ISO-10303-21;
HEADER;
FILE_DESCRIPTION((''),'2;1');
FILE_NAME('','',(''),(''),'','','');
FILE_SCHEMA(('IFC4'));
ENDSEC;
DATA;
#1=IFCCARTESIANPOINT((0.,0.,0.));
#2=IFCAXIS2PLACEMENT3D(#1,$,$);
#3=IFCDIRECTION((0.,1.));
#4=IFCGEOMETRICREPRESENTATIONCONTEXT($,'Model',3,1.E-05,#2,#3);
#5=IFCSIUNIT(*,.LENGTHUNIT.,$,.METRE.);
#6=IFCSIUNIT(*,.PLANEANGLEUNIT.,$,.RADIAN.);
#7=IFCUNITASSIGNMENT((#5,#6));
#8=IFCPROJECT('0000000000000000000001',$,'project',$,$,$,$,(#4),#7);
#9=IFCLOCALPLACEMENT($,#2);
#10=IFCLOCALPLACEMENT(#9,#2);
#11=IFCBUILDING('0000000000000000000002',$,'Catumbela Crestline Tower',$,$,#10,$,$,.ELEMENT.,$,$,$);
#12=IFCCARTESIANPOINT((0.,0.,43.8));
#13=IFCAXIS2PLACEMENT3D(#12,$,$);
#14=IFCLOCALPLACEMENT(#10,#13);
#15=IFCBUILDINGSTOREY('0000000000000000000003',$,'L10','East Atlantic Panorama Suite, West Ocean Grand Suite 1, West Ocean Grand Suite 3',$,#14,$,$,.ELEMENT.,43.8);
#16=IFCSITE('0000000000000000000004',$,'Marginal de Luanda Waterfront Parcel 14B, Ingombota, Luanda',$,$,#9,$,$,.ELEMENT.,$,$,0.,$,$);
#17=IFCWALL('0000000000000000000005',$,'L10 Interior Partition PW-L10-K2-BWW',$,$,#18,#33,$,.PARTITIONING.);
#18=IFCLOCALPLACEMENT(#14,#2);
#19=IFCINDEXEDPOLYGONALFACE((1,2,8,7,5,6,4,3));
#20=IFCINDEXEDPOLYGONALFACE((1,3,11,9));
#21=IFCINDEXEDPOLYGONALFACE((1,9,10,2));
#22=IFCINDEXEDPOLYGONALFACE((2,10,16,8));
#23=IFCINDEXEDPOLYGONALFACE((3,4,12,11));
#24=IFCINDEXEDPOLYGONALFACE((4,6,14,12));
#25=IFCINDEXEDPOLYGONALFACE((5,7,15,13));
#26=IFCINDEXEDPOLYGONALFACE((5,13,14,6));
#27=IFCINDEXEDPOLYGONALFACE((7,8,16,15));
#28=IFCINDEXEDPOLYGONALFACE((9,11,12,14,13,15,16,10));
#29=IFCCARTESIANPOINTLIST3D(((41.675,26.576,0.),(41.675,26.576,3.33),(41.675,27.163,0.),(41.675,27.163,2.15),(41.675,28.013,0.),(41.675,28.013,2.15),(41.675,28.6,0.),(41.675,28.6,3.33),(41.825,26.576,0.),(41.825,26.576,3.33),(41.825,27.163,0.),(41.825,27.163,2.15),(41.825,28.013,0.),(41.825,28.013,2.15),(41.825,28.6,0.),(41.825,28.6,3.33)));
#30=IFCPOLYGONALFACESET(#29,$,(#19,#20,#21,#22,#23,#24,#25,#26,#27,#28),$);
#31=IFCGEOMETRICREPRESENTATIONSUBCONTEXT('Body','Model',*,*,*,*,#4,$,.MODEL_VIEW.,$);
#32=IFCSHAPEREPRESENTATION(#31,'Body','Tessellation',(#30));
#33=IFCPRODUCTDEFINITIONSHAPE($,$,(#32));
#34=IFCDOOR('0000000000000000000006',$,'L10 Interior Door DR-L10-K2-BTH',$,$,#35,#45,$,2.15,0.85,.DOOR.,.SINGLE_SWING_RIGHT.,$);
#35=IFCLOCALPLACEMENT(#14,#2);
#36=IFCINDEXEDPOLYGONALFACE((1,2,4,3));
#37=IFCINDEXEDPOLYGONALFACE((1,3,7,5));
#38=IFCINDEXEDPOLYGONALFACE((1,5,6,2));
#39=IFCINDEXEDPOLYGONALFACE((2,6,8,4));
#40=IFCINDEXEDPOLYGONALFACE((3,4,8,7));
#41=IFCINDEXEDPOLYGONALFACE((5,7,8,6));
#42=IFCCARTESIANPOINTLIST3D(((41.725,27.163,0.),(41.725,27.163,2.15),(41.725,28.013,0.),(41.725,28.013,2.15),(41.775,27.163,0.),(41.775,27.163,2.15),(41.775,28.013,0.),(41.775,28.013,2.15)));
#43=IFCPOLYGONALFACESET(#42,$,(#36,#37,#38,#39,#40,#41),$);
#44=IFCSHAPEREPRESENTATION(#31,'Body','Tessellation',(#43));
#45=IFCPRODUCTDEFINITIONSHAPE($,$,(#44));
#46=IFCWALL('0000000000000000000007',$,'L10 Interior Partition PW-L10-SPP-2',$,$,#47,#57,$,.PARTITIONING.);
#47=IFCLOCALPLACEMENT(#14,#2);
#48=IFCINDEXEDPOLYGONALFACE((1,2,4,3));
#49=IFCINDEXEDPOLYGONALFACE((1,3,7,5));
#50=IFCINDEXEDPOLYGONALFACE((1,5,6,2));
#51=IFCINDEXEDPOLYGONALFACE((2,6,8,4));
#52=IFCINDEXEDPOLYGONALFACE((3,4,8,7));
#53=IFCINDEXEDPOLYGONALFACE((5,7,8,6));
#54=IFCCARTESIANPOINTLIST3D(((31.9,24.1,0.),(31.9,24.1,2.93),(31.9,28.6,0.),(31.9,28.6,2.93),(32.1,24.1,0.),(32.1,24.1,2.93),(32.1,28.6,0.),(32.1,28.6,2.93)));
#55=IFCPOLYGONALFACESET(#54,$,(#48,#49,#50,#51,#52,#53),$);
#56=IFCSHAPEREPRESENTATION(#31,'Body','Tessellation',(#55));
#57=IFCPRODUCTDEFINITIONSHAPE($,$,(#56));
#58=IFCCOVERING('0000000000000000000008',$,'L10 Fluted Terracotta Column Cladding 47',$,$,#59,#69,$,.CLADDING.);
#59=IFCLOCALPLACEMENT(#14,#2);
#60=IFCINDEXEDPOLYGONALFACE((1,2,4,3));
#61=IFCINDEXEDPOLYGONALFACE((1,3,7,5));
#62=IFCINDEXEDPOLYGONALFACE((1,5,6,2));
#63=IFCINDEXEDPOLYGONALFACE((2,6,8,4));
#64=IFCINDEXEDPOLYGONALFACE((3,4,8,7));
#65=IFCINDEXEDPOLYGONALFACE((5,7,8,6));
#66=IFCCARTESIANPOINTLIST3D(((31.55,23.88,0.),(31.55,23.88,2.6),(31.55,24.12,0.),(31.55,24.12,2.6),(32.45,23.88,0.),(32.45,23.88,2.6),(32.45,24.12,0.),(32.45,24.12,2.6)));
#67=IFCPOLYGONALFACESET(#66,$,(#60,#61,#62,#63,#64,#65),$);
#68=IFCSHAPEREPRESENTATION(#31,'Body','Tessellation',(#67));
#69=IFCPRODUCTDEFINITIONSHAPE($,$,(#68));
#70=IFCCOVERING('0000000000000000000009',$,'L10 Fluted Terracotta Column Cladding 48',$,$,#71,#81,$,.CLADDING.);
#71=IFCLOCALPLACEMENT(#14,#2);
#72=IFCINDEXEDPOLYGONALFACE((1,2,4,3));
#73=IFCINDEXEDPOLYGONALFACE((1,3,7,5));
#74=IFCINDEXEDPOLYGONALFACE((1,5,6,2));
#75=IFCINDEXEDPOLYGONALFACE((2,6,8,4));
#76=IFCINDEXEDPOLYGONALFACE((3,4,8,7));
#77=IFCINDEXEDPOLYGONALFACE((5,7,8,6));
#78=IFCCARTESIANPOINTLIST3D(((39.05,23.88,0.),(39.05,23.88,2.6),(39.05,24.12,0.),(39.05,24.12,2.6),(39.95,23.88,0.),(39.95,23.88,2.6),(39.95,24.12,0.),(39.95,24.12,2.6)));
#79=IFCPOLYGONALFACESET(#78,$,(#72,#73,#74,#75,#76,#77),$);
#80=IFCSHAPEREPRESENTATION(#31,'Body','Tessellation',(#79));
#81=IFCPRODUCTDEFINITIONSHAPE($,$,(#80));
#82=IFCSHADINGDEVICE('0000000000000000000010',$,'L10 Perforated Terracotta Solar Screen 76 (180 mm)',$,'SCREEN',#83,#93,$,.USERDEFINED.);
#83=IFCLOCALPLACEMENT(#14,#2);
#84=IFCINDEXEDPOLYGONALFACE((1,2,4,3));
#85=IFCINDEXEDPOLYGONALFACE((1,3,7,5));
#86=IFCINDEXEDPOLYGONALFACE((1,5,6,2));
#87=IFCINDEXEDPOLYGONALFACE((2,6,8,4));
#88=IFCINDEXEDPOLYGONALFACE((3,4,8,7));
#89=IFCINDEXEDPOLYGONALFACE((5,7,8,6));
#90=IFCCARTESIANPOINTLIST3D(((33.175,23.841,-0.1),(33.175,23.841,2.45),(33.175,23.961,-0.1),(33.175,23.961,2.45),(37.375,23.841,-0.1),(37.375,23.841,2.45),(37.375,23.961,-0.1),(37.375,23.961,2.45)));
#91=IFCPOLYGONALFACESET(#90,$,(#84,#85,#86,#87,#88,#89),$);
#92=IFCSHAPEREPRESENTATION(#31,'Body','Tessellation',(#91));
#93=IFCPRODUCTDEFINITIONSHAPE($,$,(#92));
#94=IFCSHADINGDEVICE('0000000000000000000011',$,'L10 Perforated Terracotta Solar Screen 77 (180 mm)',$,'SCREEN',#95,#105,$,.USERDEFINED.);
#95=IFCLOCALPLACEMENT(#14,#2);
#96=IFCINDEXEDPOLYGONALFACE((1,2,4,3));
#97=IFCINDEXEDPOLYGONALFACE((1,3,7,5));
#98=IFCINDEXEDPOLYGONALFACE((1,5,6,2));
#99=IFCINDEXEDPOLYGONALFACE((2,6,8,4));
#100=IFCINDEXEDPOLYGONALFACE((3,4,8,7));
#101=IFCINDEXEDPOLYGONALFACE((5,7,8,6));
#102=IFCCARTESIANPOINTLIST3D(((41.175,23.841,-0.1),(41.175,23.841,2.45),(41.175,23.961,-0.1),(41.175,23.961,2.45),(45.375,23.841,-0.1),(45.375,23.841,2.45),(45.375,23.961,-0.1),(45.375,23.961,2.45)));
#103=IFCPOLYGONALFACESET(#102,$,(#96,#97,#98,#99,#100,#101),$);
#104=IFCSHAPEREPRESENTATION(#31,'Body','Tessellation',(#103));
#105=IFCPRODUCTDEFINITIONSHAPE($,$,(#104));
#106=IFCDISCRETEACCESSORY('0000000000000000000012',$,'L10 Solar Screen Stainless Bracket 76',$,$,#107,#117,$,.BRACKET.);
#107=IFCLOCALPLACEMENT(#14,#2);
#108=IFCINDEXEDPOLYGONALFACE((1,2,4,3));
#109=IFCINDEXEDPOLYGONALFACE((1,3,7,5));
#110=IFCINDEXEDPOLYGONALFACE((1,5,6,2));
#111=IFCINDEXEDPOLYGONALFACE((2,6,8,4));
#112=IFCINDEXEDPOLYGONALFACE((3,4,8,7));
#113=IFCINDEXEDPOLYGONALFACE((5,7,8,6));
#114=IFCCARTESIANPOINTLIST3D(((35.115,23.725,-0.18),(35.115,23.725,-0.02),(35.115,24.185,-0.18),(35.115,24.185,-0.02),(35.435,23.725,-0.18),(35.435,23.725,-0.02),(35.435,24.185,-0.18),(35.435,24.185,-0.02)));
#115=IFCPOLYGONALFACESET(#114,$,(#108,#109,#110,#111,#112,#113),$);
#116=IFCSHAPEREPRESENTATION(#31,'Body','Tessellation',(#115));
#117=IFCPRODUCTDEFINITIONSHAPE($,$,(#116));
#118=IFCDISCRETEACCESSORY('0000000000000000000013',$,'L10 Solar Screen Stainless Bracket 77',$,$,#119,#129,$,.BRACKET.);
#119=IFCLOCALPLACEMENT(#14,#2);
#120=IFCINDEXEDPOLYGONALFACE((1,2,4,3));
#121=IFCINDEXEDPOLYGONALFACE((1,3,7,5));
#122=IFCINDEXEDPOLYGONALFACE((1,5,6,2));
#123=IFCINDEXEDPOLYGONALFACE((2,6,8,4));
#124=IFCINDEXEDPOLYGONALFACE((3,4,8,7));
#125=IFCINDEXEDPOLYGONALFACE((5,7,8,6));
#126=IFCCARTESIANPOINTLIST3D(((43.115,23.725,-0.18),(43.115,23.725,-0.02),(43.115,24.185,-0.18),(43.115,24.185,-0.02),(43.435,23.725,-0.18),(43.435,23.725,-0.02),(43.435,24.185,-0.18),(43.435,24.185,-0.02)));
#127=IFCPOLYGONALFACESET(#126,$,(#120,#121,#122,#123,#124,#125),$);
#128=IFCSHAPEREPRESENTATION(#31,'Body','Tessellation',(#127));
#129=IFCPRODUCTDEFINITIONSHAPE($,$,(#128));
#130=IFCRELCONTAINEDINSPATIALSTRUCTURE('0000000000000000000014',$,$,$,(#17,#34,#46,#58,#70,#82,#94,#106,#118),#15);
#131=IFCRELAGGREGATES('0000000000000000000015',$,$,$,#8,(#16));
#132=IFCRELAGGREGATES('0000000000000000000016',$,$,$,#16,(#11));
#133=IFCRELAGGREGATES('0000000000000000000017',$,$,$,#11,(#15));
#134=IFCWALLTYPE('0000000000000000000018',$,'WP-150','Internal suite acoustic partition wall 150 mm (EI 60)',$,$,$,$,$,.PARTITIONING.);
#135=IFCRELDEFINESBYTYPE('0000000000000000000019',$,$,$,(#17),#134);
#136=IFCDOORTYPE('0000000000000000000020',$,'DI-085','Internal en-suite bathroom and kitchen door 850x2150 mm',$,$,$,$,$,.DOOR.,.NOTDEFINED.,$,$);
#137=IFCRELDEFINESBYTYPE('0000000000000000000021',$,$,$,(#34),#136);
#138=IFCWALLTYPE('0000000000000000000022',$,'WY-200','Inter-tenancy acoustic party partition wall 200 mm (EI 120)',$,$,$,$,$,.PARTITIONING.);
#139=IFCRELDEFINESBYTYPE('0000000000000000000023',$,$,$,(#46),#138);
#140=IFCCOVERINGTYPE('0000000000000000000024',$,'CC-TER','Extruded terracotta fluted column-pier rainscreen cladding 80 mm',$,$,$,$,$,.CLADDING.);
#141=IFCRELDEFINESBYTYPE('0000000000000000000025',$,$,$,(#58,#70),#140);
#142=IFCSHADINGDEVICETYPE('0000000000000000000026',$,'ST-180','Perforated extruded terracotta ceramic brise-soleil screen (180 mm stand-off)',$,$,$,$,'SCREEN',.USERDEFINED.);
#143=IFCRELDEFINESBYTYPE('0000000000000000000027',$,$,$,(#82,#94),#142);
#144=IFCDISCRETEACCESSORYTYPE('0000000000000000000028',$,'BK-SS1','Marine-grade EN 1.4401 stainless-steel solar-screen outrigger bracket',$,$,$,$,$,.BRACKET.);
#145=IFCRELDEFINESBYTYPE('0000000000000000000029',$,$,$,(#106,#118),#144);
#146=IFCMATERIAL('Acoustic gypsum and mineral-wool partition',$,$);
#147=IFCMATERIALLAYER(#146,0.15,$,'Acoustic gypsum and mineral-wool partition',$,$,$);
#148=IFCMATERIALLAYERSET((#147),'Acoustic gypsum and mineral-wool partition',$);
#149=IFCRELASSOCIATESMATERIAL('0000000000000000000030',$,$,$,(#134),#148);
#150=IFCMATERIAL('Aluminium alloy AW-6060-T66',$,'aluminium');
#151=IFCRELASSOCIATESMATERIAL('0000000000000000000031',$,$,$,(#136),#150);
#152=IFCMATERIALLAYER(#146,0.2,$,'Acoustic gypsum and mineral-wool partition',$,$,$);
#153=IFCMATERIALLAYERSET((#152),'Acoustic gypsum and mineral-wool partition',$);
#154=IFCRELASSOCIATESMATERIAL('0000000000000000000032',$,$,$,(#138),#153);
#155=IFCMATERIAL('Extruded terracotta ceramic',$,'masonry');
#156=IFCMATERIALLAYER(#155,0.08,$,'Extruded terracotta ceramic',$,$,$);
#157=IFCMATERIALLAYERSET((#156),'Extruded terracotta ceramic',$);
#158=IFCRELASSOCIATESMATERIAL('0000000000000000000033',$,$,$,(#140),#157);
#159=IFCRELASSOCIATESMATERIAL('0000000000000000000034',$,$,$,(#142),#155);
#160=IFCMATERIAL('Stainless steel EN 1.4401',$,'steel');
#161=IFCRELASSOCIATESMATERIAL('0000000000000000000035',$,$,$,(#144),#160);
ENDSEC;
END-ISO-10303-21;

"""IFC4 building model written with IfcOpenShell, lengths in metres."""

from ifc_helpers import new_model, si_unit, direction, frame, frame_2d, origin, origin_2d, place, context, subcontext, project, spatial, rectangle, extrude, material, layer, layer_set, type_object, element, fill, save


model = new_model("IFC4")

# Units and contexts
model_context = context("Model", 3, precision=1e-05, world=origin(), true_north=direction((0.0, 1.0)))
body_context = subcontext(model_context, "Body", "Model", "MODEL_VIEW")
ifc_project = project(units=[si_unit("LENGTHUNIT", "METRE"), si_unit("PLANEANGLEUNIT", "RADIAN")], contexts=[model_context])

# Site, building, storey
site_placement = place(None, origin())
site = spatial("IfcSite", under=ifc_project, at=site_placement, Name="Marginal de Luanda Waterfront Parcel 14B, Ingombota, Luanda", CompositionType="ELEMENT", RefElevation=0.0)
building_placement = place(site_placement, origin())
building = spatial("IfcBuilding", under=site, at=building_placement, Name="Catumbela Crestline Tower", CompositionType="ELEMENT")
storey_placement = place(building_placement, frame((0.0, 0.0, 43.8)))
storey = spatial("IfcBuildingStorey", under=building, at=storey_placement, Name="L10", Description="East Atlantic Panorama Suite, West Ocean Grand Suite 1, West Ocean Grand Suite 3", CompositionType="ELEMENT", Elevation=43.8)

# Shared definitions
ifc_material_1 = material(Name="Aluminium alloy AW-6060-T66", Category="aluminium")

# Shared definitions
ifc_material_2 = material(Name="Acoustic gypsum and mineral-wool partition")

# Shared definitions
ifc_layer_1 = layer(ifc_material_2, 0.15, Name="Acoustic gypsum and mineral-wool partition")
ifc_layer_set_1 = layer_set([ifc_layer_1], Name="Acoustic gypsum and mineral-wool partition")
wall_type_1 = type_object("IfcWallType", Name="WP-150", Description="Internal suite acoustic partition wall 150 mm (EI 60)", PredefinedType="PARTITIONING", material=ifc_layer_set_1)

# Wall, opening, door
wall_1_placement = place(storey_placement, frame((41.75, 26.576, 0.0), z_axis=(0.0, 0.0, 1.0), x_axis=(0.0, 1.0, 0.0)))
wall_1 = element("IfcWall", 1, at=wall_1_placement, inside=storey, type_object=wall_type_1, Name="L10 Interior Partition PW-L10-K2-BWW", PredefinedType="PARTITIONING", context=body_context, shape_type="SweptSolid", body=[
    extrude(rectangle(XDim=2.024, YDim=0.15, at=frame_2d((1.012, 0.0))), origin(), (0.0, 0.0, 1.0), 3.33),
])
opening_1_placement = place(wall_1_placement, frame((0.587, 0.0, 0.0)))
opening_1 = element("IfcOpeningElement", 2, at=opening_1_placement, cuts=wall_1, PredefinedType="OPENING", context=body_context, shape_type="SweptSolid", body=[
    extrude(rectangle(XDim=0.85, YDim=2.15, at=frame_2d((0.425, 1.075))), frame((0.0, 0.085, 0.0), z_axis=(0.0, -1.0, 0.0), x_axis=(1.0, 0.0, 0.0)), (0.0, 0.0, 1.0), 0.17),
])
door_type_1 = type_object("IfcDoorType", Name="DI-085", Description="Internal en-suite bathroom and kitchen door 850x2150 mm", OperationType="NOTDEFINED", PredefinedType="DOOR", material=ifc_material_1)
door_1_placement = place(opening_1_placement, origin())
door_1 = element("IfcDoor", 3, at=door_1_placement, inside=storey, type_object=door_type_1, Name="L10 Interior Door DR-L10-K2-BTH", OperationType="SINGLE_SWING_RIGHT", OverallHeight=2.15, OverallWidth=0.85, PredefinedType="DOOR", context=body_context, shape_type="SweptSolid", body=[
    extrude(rectangle(XDim=0.85, YDim=2.15, at=frame_2d((0.425, 1.075))), frame((0.0, 0.025, 0.0), z_axis=(0.0, -1.0, 0.0), x_axis=(1.0, 0.0, 0.0)), (0.0, 0.0, 1.0), 0.05),
])
fill(opening_1, door_1)

# Wall
ifc_layer_2 = layer(ifc_material_2, 0.2, Name="Acoustic gypsum and mineral-wool partition")
ifc_layer_set_2 = layer_set([ifc_layer_2], Name="Acoustic gypsum and mineral-wool partition")
wall_type_2 = type_object("IfcWallType", Name="WY-200", Description="Inter-tenancy acoustic party partition wall 200 mm (EI 120)", PredefinedType="PARTITIONING", material=ifc_layer_set_2)
wall_2_placement = place(storey_placement, frame((32.0, 24.1, 0.0), z_axis=(0.0, 0.0, 1.0), x_axis=(0.0, 1.0, 0.0)))
element("IfcWall", 4, at=wall_2_placement, inside=storey, type_object=wall_type_2, Name="L10 Interior Partition PW-L10-SPP-2", PredefinedType="PARTITIONING", context=body_context, shape_type="SweptSolid", body=[
    extrude(rectangle(XDim=4.5, YDim=0.2, at=frame_2d((2.25, 0.0))), origin(), (0.0, 0.0, 1.0), 2.93),
])

# Coverings
ifc_material_3 = material(Name="Extruded terracotta ceramic", Category="masonry")
ifc_layer_3 = layer(ifc_material_3, 0.08, Name="Extruded terracotta ceramic")
ifc_layer_set_3 = layer_set([ifc_layer_3], Name="Extruded terracotta ceramic")
covering_type = type_object("IfcCoveringType", Name="CC-TER", Description="Extruded terracotta fluted column-pier rainscreen cladding 80 mm", PredefinedType="CLADDING", material=ifc_layer_set_3)
for number, where, z_axis, x_axis, name in (
    (5, (32.0, 24.0, 0.0), (0.0, 0.0, 1.0), (1.0, 0.0, 0.0), "L10 Fluted Terracotta Column Cladding 47"),
    (6, (39.5, 24.0, 0.0), (0.0, 0.0, 1.0), (1.0, 0.0, 0.0), "L10 Fluted Terracotta Column Cladding 48"),
):
    element("IfcCovering", number, at=place(storey_placement, frame(where, z_axis=z_axis, x_axis=x_axis)), inside=storey, type_object=covering_type, Name=name, PredefinedType="CLADDING", context=body_context, shape_type="SweptSolid", body=[
        extrude(rectangle(XDim=0.9, YDim=0.24, at=origin_2d()), origin(), (0.0, 0.0, 1.0), 2.6),
    ])

# Shading devices
shading_device_type = type_object("IfcShadingDeviceType", Name="ST-180", Description="Perforated extruded terracotta ceramic brise-soleil screen (180 mm stand-off)", ElementType="SCREEN", PredefinedType="USERDEFINED", material=ifc_material_3)
for number, where, z_axis, x_axis, name in (
    (7, (35.275, 23.901, -0.1), (0.0, 0.0, 1.0), (1.0, 0.0, 0.0), "L10 Perforated Terracotta Solar Screen 76 (180 mm)"),
    (8, (43.275, 23.901, -0.1), (0.0, 0.0, 1.0), (1.0, 0.0, 0.0), "L10 Perforated Terracotta Solar Screen 77 (180 mm)"),
):
    element("IfcShadingDevice", number, at=place(storey_placement, frame(where, z_axis=z_axis, x_axis=x_axis)), inside=storey, type_object=shading_device_type, Name=name, ObjectType="SCREEN", PredefinedType="USERDEFINED", context=body_context, shape_type="SweptSolid", body=[
        extrude(rectangle(XDim=4.2, YDim=0.12, at=origin_2d()), origin(), (0.0, 0.0, 1.0), 2.55),
    ])

# Discrete accessories
ifc_material_4 = material(Name="Stainless steel EN 1.4401", Category="steel")
discrete_accessory_type = type_object("IfcDiscreteAccessoryType", Name="BK-SS1", Description="Marine-grade EN 1.4401 stainless-steel solar-screen outrigger bracket", PredefinedType="BRACKET", material=ifc_material_4)
for number, where, z_axis, x_axis, name in (
    (9, (35.275, 23.955, -0.18), (0.0, 0.0, 1.0), (1.0, 0.0, 0.0), "L10 Solar Screen Stainless Bracket 76"),
    (10, (43.275, 23.955, -0.18), (0.0, 0.0, 1.0), (1.0, 0.0, 0.0), "L10 Solar Screen Stainless Bracket 77"),
):
    element("IfcDiscreteAccessory", number, at=place(storey_placement, frame(where, z_axis=z_axis, x_axis=x_axis)), inside=storey, type_object=discrete_accessory_type, Name=name, PredefinedType="BRACKET", context=body_context, shape_type="SweptSolid", body=[
        extrude(rectangle(XDim=0.32, YDim=0.46, at=origin_2d()), origin(), (0.0, 0.0, 1.0), 0.16),
    ])

save(model, "model.ifc")
